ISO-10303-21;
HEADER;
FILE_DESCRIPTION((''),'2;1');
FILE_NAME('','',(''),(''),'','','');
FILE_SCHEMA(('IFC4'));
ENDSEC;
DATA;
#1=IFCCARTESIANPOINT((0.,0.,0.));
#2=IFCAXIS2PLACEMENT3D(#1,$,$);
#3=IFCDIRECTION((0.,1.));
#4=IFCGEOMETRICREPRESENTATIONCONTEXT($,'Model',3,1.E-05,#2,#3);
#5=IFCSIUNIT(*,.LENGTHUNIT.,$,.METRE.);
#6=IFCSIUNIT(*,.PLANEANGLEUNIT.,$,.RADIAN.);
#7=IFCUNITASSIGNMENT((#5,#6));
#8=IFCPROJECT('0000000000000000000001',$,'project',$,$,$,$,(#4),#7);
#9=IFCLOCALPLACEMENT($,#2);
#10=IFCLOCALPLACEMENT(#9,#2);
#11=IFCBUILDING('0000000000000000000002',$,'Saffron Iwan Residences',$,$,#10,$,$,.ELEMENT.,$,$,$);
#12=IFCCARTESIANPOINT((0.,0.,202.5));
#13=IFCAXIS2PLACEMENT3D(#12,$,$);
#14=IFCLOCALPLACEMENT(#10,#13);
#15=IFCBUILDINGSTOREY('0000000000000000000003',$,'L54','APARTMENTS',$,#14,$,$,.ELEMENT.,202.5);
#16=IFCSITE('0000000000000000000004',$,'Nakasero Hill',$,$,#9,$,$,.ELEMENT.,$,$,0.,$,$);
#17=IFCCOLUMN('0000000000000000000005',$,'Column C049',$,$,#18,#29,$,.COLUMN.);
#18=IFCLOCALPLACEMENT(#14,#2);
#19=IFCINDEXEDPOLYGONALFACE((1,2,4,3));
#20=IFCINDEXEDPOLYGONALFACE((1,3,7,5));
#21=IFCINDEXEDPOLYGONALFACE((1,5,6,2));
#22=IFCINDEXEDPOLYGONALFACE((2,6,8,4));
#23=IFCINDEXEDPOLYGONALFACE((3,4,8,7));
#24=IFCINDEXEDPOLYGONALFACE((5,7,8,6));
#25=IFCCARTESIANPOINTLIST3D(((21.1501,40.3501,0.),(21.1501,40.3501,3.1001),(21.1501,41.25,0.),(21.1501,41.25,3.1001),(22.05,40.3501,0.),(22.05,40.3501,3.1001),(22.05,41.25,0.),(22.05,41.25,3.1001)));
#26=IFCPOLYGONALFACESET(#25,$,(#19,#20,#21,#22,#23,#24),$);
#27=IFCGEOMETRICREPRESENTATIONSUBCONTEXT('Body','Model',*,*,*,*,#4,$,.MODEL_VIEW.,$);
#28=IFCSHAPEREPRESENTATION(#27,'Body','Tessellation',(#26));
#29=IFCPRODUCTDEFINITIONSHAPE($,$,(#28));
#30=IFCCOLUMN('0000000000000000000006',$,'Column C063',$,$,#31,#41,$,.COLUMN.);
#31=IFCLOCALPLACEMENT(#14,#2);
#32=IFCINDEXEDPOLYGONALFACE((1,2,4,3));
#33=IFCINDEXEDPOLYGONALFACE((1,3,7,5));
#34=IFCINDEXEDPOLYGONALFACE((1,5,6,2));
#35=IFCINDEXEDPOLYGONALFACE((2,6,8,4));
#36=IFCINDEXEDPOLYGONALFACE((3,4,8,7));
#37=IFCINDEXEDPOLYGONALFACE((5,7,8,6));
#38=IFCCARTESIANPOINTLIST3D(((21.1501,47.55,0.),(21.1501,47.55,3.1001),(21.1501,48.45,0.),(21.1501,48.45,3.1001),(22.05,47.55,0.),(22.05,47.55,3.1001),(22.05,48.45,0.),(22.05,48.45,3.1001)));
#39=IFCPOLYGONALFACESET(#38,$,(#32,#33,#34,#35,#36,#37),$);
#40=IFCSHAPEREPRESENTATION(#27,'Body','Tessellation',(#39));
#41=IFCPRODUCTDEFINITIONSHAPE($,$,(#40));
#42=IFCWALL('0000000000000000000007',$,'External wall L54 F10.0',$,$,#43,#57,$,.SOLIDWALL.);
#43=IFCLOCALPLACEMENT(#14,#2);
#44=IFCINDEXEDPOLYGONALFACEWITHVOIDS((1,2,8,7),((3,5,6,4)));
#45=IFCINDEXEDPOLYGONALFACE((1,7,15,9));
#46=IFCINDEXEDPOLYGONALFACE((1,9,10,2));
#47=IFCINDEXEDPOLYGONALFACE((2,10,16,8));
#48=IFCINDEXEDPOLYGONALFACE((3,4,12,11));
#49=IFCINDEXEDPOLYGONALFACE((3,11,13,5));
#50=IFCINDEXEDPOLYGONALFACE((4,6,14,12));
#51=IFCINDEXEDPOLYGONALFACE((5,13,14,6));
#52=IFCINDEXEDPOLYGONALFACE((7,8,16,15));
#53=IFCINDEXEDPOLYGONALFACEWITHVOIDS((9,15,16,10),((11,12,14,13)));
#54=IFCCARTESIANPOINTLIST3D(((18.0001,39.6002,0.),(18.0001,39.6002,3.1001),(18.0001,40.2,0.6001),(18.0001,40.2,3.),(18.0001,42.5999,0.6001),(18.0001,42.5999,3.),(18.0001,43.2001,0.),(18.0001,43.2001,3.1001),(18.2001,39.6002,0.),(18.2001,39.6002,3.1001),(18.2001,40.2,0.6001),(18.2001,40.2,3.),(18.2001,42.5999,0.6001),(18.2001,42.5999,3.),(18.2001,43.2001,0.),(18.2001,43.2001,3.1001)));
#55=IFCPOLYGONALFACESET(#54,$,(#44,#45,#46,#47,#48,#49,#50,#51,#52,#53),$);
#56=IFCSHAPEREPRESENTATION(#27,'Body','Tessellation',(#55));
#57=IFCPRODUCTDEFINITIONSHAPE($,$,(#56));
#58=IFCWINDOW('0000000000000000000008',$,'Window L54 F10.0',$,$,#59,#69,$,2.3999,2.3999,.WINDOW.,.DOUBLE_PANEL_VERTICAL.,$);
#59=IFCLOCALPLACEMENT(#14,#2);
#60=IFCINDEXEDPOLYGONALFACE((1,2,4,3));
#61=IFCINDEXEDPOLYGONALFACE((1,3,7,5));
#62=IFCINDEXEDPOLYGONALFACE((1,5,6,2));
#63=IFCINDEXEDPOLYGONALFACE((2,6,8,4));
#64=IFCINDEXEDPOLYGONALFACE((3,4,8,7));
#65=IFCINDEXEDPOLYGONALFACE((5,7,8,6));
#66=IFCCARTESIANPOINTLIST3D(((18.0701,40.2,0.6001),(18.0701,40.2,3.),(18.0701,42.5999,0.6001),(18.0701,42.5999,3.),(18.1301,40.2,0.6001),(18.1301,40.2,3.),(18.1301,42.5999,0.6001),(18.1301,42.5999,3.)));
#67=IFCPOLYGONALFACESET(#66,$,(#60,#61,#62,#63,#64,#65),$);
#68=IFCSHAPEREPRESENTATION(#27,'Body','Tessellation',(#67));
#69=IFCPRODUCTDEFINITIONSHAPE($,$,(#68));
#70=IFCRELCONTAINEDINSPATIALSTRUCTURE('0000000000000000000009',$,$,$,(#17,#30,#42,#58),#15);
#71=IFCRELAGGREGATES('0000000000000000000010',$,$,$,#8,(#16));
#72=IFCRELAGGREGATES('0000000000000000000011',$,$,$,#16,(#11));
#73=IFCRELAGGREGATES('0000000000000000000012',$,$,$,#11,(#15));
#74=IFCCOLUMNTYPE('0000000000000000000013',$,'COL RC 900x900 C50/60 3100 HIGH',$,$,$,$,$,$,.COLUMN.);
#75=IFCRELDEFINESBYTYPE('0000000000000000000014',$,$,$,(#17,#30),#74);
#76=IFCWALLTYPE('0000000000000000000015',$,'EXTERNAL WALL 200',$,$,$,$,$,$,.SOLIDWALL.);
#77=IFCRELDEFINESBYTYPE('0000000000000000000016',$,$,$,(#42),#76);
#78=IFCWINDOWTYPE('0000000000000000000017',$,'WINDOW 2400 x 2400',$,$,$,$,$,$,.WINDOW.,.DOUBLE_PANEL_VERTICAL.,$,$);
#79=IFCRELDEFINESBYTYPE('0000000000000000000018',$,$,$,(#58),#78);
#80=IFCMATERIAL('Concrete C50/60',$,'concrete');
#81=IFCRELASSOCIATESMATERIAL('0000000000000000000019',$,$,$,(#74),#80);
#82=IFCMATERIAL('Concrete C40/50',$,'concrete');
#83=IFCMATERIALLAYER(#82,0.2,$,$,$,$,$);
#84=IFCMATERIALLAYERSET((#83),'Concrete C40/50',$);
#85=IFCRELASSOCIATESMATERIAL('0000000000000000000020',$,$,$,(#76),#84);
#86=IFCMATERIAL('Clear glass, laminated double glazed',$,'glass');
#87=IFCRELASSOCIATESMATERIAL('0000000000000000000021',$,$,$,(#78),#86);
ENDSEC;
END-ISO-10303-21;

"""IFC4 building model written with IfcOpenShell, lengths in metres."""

from ifc_helpers import new_model, si_unit, direction, frame, frame_2d, origin, origin_2d, place, context, subcontext, project, spatial, rectangle, extrude, source, transform, mapped, material, layer, layer_set, material_profile, profile_set, type_object, element, fill, save


model = new_model("IFC4")

# Units and contexts
model_context = context("Model", 3, precision=1e-05, world=origin(), true_north=direction((0.0, 1.0)))
body_context = subcontext(model_context, "Body", "Model", "MODEL_VIEW")
ifc_project = project(units=[si_unit("LENGTHUNIT", "METRE"), si_unit("PLANEANGLEUNIT", "RADIAN")], contexts=[model_context])

# Site, building, storey
site_placement = place(None, origin())
site = spatial("IfcSite", under=ifc_project, at=site_placement, Name="Nakasero Hill", CompositionType="ELEMENT", RefElevation=0.0)
building_placement = place(site_placement, origin())
building = spatial("IfcBuilding", under=site, at=building_placement, Name="Saffron Iwan Residences", CompositionType="ELEMENT")
storey_placement = place(building_placement, frame((0.0, 0.0, 202.5)))
storey = spatial("IfcBuildingStorey", under=building, at=storey_placement, Name="L54", Description="APARTMENTS", CompositionType="ELEMENT", Elevation=202.5)

# Columns
ifc_material_1 = material(Name="Concrete C50/60", Category="concrete")
ifc_material_profile = material_profile(ifc_material_1, rectangle(XDim=0.8999, YDim=0.8999, at=origin_2d()), Name="RC 900x900")
ifc_profile_set = profile_set([ifc_material_profile], Name="Concrete C50/60")
column_type = type_object("IfcColumnType", Name="COL RC 900x900 C50/60 3100 HIGH", PredefinedType="COLUMN", material=ifc_profile_set)
shared_shape = source(origin(), body_context, "Body", "SweptSolid", [
    extrude(rectangle(XDim=0.8999, YDim=0.8999, at=origin_2d()), origin(), (0.0, 0.0, 1.0), 3.1001),
])
for number, where, z_axis, x_axis, name in (
    (1, (21.6001, 40.8, 0.0), (0.0, 0.0, 1.0), (1.0, 0.0, 0.0), "Column C049"),
    (2, (21.6001, 48.0, 0.0), (0.0, 0.0, 1.0), (1.0, 0.0, 0.0), "Column C063"),
):
    element("IfcColumn", number, at=place(storey_placement, frame(where, z_axis=z_axis, x_axis=x_axis)), inside=storey, type_object=column_type, Name=name, PredefinedType="COLUMN", context=body_context, shape_type="MappedRepresentation", body=[
        mapped(shared_shape, transform((0.0, 0.0, 0.0))),
    ])

# Wall, opening, window
ifc_material_2 = material(Name="Concrete C40/50", Category="concrete")
ifc_layer_1 = layer(ifc_material_2, 0.2)
ifc_layer_set_1 = layer_set([ifc_layer_1], Name="Concrete C40/50")
wall_type_1 = type_object("IfcWallType", Name="EXTERNAL WALL 200", PredefinedType="SOLIDWALL", material=ifc_layer_set_1)
wall_1_placement = place(storey_placement, frame((18.1001, 43.2, 0.0), z_axis=(0.0, 0.0, 1.0), x_axis=(0.0, -1.0, 0.0)))
wall_1 = element("IfcWall", 3, at=wall_1_placement, inside=storey, type_object=wall_type_1, Name="External wall L54 F10.0", PredefinedType="SOLIDWALL", context=body_context, shape_type="SweptSolid", body=[
    extrude(rectangle(XDim=3.5999, YDim=0.2, at=frame_2d((1.7998, 0.0))), origin(), (0.0, 0.0, 1.0), 3.1001),
])
opening_1_placement = place(wall_1_placement, frame((0.6001, 0.0, 0.6001)))
opening_1 = element("IfcOpeningElement", 4, at=opening_1_placement, cuts=wall_1, PredefinedType="OPENING", context=body_context, shape_type="SweptSolid", body=[
    extrude(rectangle(XDim=2.3999, YDim=2.3999, at=frame_2d((1.2, 1.2))), frame((0.0, 0.1099, 0.0), z_axis=(0.0, -1.0, 0.0), x_axis=(1.0, 0.0, 0.0)), (0.0, 0.0, 1.0), 0.22),
])
ifc_material_3 = material(Name="Clear glass, laminated double glazed", Category="glass")
window_type_1 = type_object("IfcWindowType", Name="WINDOW 2400 x 2400", PartitioningType="DOUBLE_PANEL_VERTICAL", PredefinedType="WINDOW", material=ifc_material_3)
window_1_placement = place(opening_1_placement, origin())
window_1 = element("IfcWindow", 5, at=window_1_placement, inside=storey, type_object=window_type_1, Name="Window L54 F10.0", OverallHeight=2.3999, OverallWidth=2.3999, PartitioningType="DOUBLE_PANEL_VERTICAL", PredefinedType="WINDOW", context=body_context, shape_type="SweptSolid", body=[
    extrude(rectangle(XDim=2.3999, YDim=2.3999, at=frame_2d((1.2, 1.2))), frame((0.0, 0.03, 0.0), z_axis=(0.0, -1.0, 0.0), x_axis=(1.0, 0.0, 0.0)), (0.0, 0.0, 1.0), 0.0601),
])
fill(opening_1, window_1)

save(model, "model.ifc")
